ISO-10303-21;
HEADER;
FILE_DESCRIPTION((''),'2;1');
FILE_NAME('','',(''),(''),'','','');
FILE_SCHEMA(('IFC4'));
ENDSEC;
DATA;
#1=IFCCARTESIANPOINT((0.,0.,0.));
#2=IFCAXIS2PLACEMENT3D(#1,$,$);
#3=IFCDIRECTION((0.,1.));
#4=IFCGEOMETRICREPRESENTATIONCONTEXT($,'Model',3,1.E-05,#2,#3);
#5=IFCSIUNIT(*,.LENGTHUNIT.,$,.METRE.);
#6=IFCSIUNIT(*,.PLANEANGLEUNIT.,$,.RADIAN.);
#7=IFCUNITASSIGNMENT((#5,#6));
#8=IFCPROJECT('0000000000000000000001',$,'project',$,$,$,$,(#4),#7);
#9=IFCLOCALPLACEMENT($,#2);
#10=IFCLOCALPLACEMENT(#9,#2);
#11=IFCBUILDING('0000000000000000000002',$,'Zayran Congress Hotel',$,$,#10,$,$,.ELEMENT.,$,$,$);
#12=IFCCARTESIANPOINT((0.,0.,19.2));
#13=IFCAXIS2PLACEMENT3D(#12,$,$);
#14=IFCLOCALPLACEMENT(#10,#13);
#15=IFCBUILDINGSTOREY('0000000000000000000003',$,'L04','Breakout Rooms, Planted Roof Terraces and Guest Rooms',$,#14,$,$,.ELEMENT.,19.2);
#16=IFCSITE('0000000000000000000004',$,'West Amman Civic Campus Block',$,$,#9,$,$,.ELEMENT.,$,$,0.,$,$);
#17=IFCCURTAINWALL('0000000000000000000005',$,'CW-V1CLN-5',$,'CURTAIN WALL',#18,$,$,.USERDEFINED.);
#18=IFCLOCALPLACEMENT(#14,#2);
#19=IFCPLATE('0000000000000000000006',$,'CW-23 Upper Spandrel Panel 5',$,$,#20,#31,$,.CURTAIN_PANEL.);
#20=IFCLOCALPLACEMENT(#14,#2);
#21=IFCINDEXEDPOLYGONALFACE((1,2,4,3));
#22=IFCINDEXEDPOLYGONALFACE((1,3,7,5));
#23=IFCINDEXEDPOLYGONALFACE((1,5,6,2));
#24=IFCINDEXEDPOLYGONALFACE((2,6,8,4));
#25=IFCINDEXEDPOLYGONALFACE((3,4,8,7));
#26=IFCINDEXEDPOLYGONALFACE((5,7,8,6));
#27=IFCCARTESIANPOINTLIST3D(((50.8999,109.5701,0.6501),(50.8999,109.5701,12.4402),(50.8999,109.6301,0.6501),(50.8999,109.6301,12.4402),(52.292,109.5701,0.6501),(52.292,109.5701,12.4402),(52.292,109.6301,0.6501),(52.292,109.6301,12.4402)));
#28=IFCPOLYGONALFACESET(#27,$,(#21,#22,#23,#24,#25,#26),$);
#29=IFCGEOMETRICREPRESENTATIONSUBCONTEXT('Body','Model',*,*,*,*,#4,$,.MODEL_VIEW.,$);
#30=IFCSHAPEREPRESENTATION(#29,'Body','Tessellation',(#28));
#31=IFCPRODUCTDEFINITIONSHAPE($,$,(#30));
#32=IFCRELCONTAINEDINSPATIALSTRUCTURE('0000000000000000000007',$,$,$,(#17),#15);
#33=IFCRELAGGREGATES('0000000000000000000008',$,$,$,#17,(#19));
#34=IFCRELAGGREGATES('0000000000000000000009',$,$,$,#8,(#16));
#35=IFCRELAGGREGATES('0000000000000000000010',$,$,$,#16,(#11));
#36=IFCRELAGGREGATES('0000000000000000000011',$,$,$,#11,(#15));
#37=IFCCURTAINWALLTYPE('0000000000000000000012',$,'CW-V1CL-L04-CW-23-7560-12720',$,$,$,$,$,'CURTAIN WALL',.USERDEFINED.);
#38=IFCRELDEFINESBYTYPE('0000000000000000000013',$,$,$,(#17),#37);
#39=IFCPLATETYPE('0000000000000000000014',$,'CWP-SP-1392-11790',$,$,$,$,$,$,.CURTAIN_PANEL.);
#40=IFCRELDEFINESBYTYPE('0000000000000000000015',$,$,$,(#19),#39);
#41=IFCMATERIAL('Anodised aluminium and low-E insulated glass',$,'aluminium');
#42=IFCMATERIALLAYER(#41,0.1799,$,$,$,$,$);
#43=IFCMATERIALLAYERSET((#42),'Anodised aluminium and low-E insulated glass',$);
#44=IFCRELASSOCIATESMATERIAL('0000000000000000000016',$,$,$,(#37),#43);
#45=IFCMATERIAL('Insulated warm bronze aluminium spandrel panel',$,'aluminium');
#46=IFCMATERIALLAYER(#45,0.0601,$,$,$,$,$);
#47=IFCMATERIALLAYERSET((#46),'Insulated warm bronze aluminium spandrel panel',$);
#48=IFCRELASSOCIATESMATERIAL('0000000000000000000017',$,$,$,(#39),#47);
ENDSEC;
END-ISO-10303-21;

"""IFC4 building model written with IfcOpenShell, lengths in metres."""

from ifc_helpers import new_model, si_unit, direction, frame, origin, origin_2d, place, context, subcontext, project, spatial, rectangle, extrude, material, layer, layer_set, type_object, element, aggregate, save


model = new_model("IFC4")

# Units and contexts
model_context = context("Model", 3, precision=1e-05, world=origin(), true_north=direction((0.0, 1.0)))
body_context = subcontext(model_context, "Body", "Model", "MODEL_VIEW")
ifc_project = project(units=[si_unit("LENGTHUNIT", "METRE"), si_unit("PLANEANGLEUNIT", "RADIAN")], contexts=[model_context])

# Site, building, storey
site_placement = place(None, origin())
site = spatial("IfcSite", under=ifc_project, at=site_placement, Name="West Amman Civic Campus Block", CompositionType="ELEMENT", RefElevation=0.0)
building_placement = place(site_placement, origin())
building = spatial("IfcBuilding", under=site, at=building_placement, Name="Zayran Congress Hotel", CompositionType="ELEMENT")
storey_placement = place(building_placement, frame((0.0, 0.0, 19.2)))
storey = spatial("IfcBuildingStorey", under=building, at=storey_placement, Name="L04", Description="Breakout Rooms, Planted Roof Terraces and Guest Rooms", CompositionType="ELEMENT", Elevation=19.2)

# Curtain wall
ifc_material_1 = material(Name="Anodised aluminium and low-E insulated glass", Category="aluminium")
ifc_layer_1 = layer(ifc_material_1, 0.1799)
ifc_layer_set_1 = layer_set([ifc_layer_1], Name="Anodised aluminium and low-E insulated glass")
curtain_wall_type_1 = type_object("IfcCurtainWallType", Name="CW-V1CL-L04-CW-23-7560-12720", ElementType="CURTAIN WALL", PredefinedType="USERDEFINED", material=ifc_layer_set_1)
curtain_wall_1_placement = place(storey_placement, origin())
curtain_wall_1 = element("IfcCurtainWall", 1, at=curtain_wall_1_placement, inside=storey, type_object=curtain_wall_type_1, Name="CW-V1CLN-5", ObjectType="CURTAIN WALL", PredefinedType="USERDEFINED")

# Plate
ifc_material_2 = material(Name="Insulated warm bronze aluminium spandrel panel", Category="aluminium")
ifc_layer_2 = layer(ifc_material_2, 0.0601)
ifc_layer_set_2 = layer_set([ifc_layer_2], Name="Insulated warm bronze aluminium spandrel panel")
plate_type_1 = type_object("IfcPlateType", Name="CWP-SP-1392-11790", PredefinedType="CURTAIN_PANEL", material=ifc_layer_set_2)
plate_1_placement = place(storey_placement, frame((51.5959, 109.6001, 0.6501), z_axis=(0.0, 0.0, 1.0), x_axis=(1.0, 0.0, 0.0)))
plate_1 = element("IfcPlate", 2, at=plate_1_placement, type_object=plate_type_1, Name="CW-23 Upper Spandrel Panel 5", PredefinedType="CURTAIN_PANEL", context=body_context, shape_type="SweptSolid", body=[
    extrude(rectangle(XDim=1.3921, YDim=0.0601, at=origin_2d()), origin(), (0.0, 0.0, 1.0), 11.79),
])
aggregate(curtain_wall_1, [plate_1])

save(model, "model.ifc")
